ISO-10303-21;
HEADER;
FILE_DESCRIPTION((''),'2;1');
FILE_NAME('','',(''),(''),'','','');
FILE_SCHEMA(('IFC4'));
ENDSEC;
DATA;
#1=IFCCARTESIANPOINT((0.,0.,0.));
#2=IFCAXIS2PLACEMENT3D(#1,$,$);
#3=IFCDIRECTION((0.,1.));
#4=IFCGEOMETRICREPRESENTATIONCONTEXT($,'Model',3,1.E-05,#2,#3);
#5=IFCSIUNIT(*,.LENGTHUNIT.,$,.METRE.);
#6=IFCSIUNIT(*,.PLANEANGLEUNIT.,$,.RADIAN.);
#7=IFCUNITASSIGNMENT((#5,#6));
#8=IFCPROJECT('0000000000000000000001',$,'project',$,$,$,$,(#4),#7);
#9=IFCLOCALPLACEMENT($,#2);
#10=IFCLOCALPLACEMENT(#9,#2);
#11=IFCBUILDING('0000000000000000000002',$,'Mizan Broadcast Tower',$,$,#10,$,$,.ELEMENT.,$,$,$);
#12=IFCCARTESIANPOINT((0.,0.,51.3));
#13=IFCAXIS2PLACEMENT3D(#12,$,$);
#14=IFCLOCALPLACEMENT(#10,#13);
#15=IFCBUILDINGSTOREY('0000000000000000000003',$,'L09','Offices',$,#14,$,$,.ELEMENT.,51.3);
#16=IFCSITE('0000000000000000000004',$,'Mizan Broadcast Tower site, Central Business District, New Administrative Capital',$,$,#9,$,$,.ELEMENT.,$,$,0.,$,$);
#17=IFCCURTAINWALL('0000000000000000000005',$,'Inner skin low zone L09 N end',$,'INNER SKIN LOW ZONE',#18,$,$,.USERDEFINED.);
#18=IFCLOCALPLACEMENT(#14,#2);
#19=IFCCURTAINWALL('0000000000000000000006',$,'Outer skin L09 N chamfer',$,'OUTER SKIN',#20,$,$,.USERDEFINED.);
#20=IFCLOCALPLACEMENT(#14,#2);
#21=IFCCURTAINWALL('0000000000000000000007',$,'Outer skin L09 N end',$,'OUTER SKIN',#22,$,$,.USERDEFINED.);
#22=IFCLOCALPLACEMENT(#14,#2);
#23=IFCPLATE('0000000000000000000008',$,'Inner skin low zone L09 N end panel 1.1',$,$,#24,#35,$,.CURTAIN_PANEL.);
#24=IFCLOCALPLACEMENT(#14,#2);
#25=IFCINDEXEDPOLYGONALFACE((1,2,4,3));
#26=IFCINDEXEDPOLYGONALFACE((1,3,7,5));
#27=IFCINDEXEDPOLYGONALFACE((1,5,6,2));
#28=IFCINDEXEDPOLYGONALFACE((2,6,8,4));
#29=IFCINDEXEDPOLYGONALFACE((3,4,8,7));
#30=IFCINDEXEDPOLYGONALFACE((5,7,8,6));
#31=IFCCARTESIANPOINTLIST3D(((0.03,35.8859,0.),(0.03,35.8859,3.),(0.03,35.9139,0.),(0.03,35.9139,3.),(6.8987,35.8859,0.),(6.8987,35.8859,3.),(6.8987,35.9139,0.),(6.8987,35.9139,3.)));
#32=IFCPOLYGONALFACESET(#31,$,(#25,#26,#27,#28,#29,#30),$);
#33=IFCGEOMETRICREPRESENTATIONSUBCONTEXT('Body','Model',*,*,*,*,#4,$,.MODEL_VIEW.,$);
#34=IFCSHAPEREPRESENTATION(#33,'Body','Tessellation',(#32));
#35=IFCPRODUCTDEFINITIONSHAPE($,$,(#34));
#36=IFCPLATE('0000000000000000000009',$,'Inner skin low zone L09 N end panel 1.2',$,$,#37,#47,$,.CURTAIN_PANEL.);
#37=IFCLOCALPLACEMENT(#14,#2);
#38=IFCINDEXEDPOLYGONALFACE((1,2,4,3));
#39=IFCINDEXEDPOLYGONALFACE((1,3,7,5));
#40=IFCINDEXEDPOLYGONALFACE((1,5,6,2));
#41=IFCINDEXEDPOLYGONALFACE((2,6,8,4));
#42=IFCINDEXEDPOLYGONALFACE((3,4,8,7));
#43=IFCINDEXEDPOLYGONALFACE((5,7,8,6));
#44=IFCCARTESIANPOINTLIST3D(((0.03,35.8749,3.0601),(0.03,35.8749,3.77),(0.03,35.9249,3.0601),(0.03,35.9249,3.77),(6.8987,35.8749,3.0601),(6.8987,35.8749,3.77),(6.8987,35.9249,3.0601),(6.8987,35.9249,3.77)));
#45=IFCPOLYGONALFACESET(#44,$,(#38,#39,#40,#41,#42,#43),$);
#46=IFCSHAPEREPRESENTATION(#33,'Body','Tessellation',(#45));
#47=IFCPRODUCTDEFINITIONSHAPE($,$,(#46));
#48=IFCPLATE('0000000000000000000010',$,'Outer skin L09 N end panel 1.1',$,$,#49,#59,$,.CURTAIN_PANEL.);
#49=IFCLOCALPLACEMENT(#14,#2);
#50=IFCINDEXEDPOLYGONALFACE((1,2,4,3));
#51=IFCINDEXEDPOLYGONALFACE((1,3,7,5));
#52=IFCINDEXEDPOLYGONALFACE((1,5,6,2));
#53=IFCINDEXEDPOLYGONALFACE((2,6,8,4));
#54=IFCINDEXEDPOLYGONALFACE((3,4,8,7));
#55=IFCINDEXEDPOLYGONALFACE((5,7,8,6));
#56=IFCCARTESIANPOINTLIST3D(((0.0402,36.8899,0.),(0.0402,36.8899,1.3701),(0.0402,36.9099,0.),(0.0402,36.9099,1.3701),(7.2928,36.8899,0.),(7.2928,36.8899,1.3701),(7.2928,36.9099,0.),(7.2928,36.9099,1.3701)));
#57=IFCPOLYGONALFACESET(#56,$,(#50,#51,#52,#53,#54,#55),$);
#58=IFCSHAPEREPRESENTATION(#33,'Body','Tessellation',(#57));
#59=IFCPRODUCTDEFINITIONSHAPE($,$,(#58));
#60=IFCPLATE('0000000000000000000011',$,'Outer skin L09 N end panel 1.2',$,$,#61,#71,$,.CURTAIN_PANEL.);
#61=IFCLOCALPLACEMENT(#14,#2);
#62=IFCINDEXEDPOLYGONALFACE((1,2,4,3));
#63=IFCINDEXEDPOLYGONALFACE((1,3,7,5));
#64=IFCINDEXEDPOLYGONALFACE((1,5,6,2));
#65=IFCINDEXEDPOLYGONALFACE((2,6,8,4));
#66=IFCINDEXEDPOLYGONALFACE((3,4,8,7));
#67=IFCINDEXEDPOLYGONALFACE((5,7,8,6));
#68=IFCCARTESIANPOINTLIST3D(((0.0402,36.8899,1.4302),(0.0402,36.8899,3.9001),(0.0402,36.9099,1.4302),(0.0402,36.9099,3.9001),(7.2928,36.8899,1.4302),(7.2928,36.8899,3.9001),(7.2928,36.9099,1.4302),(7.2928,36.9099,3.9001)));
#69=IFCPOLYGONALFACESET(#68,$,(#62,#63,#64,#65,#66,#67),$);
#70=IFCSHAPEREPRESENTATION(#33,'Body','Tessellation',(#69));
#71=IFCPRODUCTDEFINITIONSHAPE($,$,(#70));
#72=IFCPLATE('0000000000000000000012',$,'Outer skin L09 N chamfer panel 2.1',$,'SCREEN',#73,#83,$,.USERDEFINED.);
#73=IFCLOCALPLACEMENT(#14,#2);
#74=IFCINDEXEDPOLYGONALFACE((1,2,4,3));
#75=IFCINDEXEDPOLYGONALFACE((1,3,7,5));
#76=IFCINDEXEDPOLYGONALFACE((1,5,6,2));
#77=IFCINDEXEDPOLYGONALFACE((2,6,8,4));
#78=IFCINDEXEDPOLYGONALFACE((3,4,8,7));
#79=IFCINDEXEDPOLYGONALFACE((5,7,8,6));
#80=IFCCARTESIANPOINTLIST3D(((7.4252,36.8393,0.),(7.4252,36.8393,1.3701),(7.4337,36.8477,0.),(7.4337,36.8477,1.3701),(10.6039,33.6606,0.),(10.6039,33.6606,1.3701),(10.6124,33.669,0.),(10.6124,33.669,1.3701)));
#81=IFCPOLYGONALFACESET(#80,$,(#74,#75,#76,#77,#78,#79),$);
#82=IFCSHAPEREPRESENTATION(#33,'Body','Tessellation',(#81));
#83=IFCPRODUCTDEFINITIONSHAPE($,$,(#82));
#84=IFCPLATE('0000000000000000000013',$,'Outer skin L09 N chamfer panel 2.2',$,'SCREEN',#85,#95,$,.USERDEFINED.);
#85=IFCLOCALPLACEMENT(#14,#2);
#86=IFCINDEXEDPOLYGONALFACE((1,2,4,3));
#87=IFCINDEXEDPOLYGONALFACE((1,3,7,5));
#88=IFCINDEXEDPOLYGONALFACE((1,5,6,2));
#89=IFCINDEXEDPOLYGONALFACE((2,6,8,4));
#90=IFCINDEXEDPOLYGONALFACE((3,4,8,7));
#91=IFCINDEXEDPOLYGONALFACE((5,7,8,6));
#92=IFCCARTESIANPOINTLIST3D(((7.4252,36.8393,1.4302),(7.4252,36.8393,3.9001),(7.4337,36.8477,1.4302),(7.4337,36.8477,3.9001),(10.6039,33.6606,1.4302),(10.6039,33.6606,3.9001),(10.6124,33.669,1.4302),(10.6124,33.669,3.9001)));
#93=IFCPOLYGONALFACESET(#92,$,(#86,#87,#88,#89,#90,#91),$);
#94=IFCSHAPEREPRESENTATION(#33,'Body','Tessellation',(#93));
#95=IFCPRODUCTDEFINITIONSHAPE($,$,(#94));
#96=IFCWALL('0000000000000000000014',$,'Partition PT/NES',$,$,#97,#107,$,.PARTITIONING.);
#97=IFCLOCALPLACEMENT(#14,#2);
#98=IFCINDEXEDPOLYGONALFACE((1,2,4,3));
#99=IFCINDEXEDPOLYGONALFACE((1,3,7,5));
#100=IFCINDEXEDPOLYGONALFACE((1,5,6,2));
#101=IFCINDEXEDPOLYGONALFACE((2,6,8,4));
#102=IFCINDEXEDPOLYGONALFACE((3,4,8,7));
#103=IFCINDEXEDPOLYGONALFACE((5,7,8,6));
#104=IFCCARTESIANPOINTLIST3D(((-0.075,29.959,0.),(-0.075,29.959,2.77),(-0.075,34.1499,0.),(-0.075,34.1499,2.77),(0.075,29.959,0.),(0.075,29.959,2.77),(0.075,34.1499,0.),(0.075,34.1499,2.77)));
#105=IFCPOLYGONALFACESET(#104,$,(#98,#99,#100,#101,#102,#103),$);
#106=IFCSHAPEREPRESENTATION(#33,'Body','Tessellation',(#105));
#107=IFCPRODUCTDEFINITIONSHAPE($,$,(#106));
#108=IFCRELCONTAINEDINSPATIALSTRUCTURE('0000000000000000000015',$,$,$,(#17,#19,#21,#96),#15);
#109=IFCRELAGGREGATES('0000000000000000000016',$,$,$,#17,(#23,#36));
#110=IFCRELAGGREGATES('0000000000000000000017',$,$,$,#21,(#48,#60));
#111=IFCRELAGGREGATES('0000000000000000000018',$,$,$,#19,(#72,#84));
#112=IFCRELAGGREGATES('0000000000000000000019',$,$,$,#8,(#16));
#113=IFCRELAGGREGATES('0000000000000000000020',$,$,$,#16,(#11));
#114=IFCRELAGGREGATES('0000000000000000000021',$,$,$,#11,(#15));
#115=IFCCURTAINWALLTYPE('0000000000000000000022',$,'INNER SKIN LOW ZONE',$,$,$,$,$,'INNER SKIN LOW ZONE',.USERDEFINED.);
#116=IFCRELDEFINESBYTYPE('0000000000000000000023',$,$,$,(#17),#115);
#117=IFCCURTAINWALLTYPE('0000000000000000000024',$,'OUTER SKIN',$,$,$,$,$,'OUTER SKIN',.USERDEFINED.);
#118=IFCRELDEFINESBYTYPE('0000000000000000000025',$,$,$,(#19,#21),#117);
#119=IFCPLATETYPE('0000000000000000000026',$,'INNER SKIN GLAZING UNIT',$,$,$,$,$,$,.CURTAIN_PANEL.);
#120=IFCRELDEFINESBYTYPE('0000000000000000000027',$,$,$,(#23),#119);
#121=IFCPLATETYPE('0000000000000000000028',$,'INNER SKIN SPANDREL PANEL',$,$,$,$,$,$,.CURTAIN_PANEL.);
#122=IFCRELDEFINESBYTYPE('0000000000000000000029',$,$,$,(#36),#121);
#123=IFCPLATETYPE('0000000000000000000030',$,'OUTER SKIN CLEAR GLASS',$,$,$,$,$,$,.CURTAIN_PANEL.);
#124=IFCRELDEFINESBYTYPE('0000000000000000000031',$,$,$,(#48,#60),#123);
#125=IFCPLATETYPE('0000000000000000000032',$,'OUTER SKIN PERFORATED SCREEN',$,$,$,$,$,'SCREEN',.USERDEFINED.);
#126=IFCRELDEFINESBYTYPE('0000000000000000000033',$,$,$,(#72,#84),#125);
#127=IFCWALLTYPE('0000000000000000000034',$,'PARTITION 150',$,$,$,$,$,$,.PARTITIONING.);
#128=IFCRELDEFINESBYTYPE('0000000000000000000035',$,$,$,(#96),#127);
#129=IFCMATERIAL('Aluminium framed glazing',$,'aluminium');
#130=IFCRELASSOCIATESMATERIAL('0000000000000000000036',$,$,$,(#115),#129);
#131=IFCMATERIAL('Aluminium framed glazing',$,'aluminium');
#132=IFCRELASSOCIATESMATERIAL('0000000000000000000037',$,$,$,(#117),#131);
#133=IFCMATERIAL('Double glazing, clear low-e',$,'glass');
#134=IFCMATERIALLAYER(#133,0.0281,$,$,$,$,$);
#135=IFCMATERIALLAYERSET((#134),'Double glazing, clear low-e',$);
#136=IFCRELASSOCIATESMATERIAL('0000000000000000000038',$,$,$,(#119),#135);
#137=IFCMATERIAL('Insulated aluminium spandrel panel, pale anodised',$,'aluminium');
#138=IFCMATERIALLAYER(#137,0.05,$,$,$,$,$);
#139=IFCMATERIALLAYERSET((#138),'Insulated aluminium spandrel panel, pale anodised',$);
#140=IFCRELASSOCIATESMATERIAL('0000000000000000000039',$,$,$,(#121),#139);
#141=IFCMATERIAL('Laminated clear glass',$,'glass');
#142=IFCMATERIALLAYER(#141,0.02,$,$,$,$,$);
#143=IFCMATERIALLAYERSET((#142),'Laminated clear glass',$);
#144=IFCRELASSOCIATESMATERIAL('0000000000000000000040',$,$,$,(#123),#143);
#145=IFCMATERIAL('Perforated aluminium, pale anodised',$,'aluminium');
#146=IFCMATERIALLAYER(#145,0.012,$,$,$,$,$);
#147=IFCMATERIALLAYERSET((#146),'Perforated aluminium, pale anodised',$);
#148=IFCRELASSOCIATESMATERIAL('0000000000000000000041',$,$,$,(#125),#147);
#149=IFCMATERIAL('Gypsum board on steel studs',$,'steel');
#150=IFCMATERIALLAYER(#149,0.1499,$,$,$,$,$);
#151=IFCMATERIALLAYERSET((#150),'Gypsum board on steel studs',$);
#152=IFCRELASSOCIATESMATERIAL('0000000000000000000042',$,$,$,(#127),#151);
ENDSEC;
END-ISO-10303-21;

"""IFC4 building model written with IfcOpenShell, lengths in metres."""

from ifc_helpers import new_model, si_unit, direction, frame, frame_2d, origin, origin_2d, place, context, subcontext, project, spatial, rectangle, extrude, material, layer, layer_set, type_object, element, aggregate, save


model = new_model("IFC4")

# Units and contexts
model_context = context("Model", 3, precision=1e-05, world=origin(), true_north=direction((0.0, 1.0)))
body_context = subcontext(model_context, "Body", "Model", "MODEL_VIEW")
ifc_project = project(units=[si_unit("LENGTHUNIT", "METRE"), si_unit("PLANEANGLEUNIT", "RADIAN")], contexts=[model_context])

# Site, building, storey
site_placement = place(None, origin())
site = spatial("IfcSite", under=ifc_project, at=site_placement, Name="Mizan Broadcast Tower site, Central Business District, New Administrative Capital", CompositionType="ELEMENT", RefElevation=0.0)
building_placement = place(site_placement, origin())
building = spatial("IfcBuilding", under=site, at=building_placement, Name="Mizan Broadcast Tower", CompositionType="ELEMENT")
storey_placement = place(building_placement, frame((0.0, 0.0, 51.3)))
storey = spatial("IfcBuildingStorey", under=building, at=storey_placement, Name="L09", Description="Offices", CompositionType="ELEMENT", Elevation=51.3)

# Shared definitions
ifc_material_1 = material(Name="Aluminium framed glazing", Category="aluminium")
curtain_wall_type_1 = type_object("IfcCurtainWallType", Name="INNER SKIN LOW ZONE", ElementType="INNER SKIN LOW ZONE", PredefinedType="USERDEFINED", material=ifc_material_1)

# Curtain wall
curtain_wall_1_placement = place(storey_placement, origin())
curtain_wall_1 = element("IfcCurtainWall", 1, at=curtain_wall_1_placement, inside=storey, type_object=curtain_wall_type_1, Name="Inner skin low zone L09 N end", ObjectType="INNER SKIN LOW ZONE", PredefinedType="USERDEFINED")

# Curtain wall
ifc_material_2 = material(Name="Aluminium framed glazing", Category="aluminium")
curtain_wall_type_2 = type_object("IfcCurtainWallType", Name="OUTER SKIN", ElementType="OUTER SKIN", PredefinedType="USERDEFINED", material=ifc_material_2)
curtain_wall_2_placement = place(storey_placement, origin())
curtain_wall_2 = element("IfcCurtainWall", 2, at=curtain_wall_2_placement, inside=storey, type_object=curtain_wall_type_2, Name="Outer skin L09 N chamfer", ObjectType="OUTER SKIN", PredefinedType="USERDEFINED")

# Curtain wall
curtain_wall_3_placement = place(storey_placement, origin())
curtain_wall_3 = element("IfcCurtainWall", 3, at=curtain_wall_3_placement, inside=storey, type_object=curtain_wall_type_2, Name="Outer skin L09 N end", ObjectType="OUTER SKIN", PredefinedType="USERDEFINED")

# Plates
ifc_material_3 = material(Name="Double glazing, clear low-e", Category="glass")
ifc_layer_1 = layer(ifc_material_3, 0.0281)
ifc_layer_set_1 = layer_set([ifc_layer_1], Name="Double glazing, clear low-e")
plate_type_1 = type_object("IfcPlateType", Name="INNER SKIN GLAZING UNIT", PredefinedType="CURTAIN_PANEL", material=ifc_layer_set_1)
plate_1_placement = place(storey_placement, frame((3.4644, 35.8999, 0.0), z_axis=(0.0, 0.0, 1.0), x_axis=(-1.0, 0.0, 0.0)))
plate_1 = element("IfcPlate", 4, at=plate_1_placement, type_object=plate_type_1, Name="Inner skin low zone L09 N end panel 1.1", PredefinedType="CURTAIN_PANEL", context=body_context, shape_type="SweptSolid", body=[
    extrude(rectangle(XDim=6.8687, YDim=0.0281, at=origin_2d()), origin(), (0.0, 0.0, 1.0), 3.0),
])
ifc_material_4 = material(Name="Insulated aluminium spandrel panel, pale anodised", Category="aluminium")
ifc_layer_2 = layer(ifc_material_4, 0.05)
ifc_layer_set_2 = layer_set([ifc_layer_2], Name="Insulated aluminium spandrel panel, pale anodised")
plate_type_2 = type_object("IfcPlateType", Name="INNER SKIN SPANDREL PANEL", PredefinedType="CURTAIN_PANEL", material=ifc_layer_set_2)
plate_2_placement = place(storey_placement, frame((3.4644, 35.8999, 3.0601), z_axis=(0.0, 0.0, 1.0), x_axis=(-1.0, 0.0, 0.0)))
plate_2 = element("IfcPlate", 5, at=plate_2_placement, type_object=plate_type_2, Name="Inner skin low zone L09 N end panel 1.2", PredefinedType="CURTAIN_PANEL", context=body_context, shape_type="SweptSolid", body=[
    extrude(rectangle(XDim=6.8687, YDim=0.05, at=origin_2d()), origin(), (0.0, 0.0, 1.0), 0.71),
])
aggregate(curtain_wall_1, [plate_1, plate_2])
ifc_material_5 = material(Name="Laminated clear glass", Category="glass")
ifc_layer_3 = layer(ifc_material_5, 0.02)
ifc_layer_set_3 = layer_set([ifc_layer_3], Name="Laminated clear glass")
plate_type_3 = type_object("IfcPlateType", Name="OUTER SKIN CLEAR GLASS", PredefinedType="CURTAIN_PANEL", material=ifc_layer_set_3)
plate_3_placement = place(storey_placement, frame((3.6665, 36.8999, 0.0), z_axis=(0.0, 0.0, 1.0), x_axis=(-1.0, 0.0, 0.0)))
plate_3 = element("IfcPlate", 6, at=plate_3_placement, type_object=plate_type_3, Name="Outer skin L09 N end panel 1.1", PredefinedType="CURTAIN_PANEL", context=body_context, shape_type="SweptSolid", body=[
    extrude(rectangle(XDim=7.2527, YDim=0.02, at=origin_2d()), origin(), (0.0, 0.0, 1.0), 1.3701),
])
plate_4_placement = place(storey_placement, frame((3.6665, 36.8999, 1.4302), z_axis=(0.0, 0.0, 1.0), x_axis=(-1.0, 0.0, 0.0)))
plate_4 = element("IfcPlate", 7, at=plate_4_placement, type_object=plate_type_3, Name="Outer skin L09 N end panel 1.2", PredefinedType="CURTAIN_PANEL", context=body_context, shape_type="SweptSolid", body=[
    extrude(rectangle(XDim=7.2527, YDim=0.02, at=origin_2d()), origin(), (0.0, 0.0, 1.0), 2.47),
])
aggregate(curtain_wall_3, [plate_3, plate_4])
ifc_material_6 = material(Name="Perforated aluminium, pale anodised", Category="aluminium")
ifc_layer_4 = layer(ifc_material_6, 0.012)
ifc_layer_set_4 = layer_set([ifc_layer_4], Name="Perforated aluminium, pale anodised")
plate_type_4 = type_object("IfcPlateType", Name="OUTER SKIN PERFORATED SCREEN", ElementType="SCREEN", PredefinedType="USERDEFINED", material=ifc_layer_set_4)
plate_5_placement = place(storey_placement, frame((9.0188, 35.2542, 0.0), z_axis=(0.0, 0.0, 1.0), x_axis=(-0.707107, 0.707107, 0.0)))
plate_5 = element("IfcPlate", 8, at=plate_5_placement, type_object=plate_type_4, Name="Outer skin L09 N chamfer panel 2.1", ObjectType="SCREEN", PredefinedType="USERDEFINED", context=body_context, shape_type="SweptSolid", body=[
    extrude(rectangle(XDim=4.4954, YDim=0.012, at=origin_2d()), origin(), (0.0, 0.0, 1.0), 1.3701),
])
plate_6_placement = place(storey_placement, frame((9.0188, 35.2542, 1.4302), z_axis=(0.0, 0.0, 1.0), x_axis=(-0.707107, 0.707107, 0.0)))
plate_6 = element("IfcPlate", 9, at=plate_6_placement, type_object=plate_type_4, Name="Outer skin L09 N chamfer panel 2.2", ObjectType="SCREEN", PredefinedType="USERDEFINED", context=body_context, shape_type="SweptSolid", body=[
    extrude(rectangle(XDim=4.4954, YDim=0.012, at=origin_2d()), origin(), (0.0, 0.0, 1.0), 2.47),
])
aggregate(curtain_wall_2, [plate_5, plate_6])

# Wall
ifc_material_7 = material(Name="Gypsum board on steel studs", Category="steel")
ifc_layer_5 = layer(ifc_material_7, 0.1499)
ifc_layer_set_5 = layer_set([ifc_layer_5], Name="Gypsum board on steel studs")
wall_type = type_object("IfcWallType", Name="PARTITION 150", PredefinedType="PARTITIONING", material=ifc_layer_set_5)
wall_placement = place(storey_placement, frame((0.0, 29.959, 0.0), z_axis=(0.0, 0.0, 1.0), x_axis=(0.0, 1.0, 0.0)))
element("IfcWall", 10, at=wall_placement, inside=storey, type_object=wall_type, Name="Partition PT/NES", PredefinedType="PARTITIONING", context=body_context, shape_type="SweptSolid", body=[
    extrude(rectangle(XDim=4.1909, YDim=0.1499, at=frame_2d((2.0955, 0.0))), origin(), (0.0, 0.0, 1.0), 2.77),
])

save(model, "model.ifc")
